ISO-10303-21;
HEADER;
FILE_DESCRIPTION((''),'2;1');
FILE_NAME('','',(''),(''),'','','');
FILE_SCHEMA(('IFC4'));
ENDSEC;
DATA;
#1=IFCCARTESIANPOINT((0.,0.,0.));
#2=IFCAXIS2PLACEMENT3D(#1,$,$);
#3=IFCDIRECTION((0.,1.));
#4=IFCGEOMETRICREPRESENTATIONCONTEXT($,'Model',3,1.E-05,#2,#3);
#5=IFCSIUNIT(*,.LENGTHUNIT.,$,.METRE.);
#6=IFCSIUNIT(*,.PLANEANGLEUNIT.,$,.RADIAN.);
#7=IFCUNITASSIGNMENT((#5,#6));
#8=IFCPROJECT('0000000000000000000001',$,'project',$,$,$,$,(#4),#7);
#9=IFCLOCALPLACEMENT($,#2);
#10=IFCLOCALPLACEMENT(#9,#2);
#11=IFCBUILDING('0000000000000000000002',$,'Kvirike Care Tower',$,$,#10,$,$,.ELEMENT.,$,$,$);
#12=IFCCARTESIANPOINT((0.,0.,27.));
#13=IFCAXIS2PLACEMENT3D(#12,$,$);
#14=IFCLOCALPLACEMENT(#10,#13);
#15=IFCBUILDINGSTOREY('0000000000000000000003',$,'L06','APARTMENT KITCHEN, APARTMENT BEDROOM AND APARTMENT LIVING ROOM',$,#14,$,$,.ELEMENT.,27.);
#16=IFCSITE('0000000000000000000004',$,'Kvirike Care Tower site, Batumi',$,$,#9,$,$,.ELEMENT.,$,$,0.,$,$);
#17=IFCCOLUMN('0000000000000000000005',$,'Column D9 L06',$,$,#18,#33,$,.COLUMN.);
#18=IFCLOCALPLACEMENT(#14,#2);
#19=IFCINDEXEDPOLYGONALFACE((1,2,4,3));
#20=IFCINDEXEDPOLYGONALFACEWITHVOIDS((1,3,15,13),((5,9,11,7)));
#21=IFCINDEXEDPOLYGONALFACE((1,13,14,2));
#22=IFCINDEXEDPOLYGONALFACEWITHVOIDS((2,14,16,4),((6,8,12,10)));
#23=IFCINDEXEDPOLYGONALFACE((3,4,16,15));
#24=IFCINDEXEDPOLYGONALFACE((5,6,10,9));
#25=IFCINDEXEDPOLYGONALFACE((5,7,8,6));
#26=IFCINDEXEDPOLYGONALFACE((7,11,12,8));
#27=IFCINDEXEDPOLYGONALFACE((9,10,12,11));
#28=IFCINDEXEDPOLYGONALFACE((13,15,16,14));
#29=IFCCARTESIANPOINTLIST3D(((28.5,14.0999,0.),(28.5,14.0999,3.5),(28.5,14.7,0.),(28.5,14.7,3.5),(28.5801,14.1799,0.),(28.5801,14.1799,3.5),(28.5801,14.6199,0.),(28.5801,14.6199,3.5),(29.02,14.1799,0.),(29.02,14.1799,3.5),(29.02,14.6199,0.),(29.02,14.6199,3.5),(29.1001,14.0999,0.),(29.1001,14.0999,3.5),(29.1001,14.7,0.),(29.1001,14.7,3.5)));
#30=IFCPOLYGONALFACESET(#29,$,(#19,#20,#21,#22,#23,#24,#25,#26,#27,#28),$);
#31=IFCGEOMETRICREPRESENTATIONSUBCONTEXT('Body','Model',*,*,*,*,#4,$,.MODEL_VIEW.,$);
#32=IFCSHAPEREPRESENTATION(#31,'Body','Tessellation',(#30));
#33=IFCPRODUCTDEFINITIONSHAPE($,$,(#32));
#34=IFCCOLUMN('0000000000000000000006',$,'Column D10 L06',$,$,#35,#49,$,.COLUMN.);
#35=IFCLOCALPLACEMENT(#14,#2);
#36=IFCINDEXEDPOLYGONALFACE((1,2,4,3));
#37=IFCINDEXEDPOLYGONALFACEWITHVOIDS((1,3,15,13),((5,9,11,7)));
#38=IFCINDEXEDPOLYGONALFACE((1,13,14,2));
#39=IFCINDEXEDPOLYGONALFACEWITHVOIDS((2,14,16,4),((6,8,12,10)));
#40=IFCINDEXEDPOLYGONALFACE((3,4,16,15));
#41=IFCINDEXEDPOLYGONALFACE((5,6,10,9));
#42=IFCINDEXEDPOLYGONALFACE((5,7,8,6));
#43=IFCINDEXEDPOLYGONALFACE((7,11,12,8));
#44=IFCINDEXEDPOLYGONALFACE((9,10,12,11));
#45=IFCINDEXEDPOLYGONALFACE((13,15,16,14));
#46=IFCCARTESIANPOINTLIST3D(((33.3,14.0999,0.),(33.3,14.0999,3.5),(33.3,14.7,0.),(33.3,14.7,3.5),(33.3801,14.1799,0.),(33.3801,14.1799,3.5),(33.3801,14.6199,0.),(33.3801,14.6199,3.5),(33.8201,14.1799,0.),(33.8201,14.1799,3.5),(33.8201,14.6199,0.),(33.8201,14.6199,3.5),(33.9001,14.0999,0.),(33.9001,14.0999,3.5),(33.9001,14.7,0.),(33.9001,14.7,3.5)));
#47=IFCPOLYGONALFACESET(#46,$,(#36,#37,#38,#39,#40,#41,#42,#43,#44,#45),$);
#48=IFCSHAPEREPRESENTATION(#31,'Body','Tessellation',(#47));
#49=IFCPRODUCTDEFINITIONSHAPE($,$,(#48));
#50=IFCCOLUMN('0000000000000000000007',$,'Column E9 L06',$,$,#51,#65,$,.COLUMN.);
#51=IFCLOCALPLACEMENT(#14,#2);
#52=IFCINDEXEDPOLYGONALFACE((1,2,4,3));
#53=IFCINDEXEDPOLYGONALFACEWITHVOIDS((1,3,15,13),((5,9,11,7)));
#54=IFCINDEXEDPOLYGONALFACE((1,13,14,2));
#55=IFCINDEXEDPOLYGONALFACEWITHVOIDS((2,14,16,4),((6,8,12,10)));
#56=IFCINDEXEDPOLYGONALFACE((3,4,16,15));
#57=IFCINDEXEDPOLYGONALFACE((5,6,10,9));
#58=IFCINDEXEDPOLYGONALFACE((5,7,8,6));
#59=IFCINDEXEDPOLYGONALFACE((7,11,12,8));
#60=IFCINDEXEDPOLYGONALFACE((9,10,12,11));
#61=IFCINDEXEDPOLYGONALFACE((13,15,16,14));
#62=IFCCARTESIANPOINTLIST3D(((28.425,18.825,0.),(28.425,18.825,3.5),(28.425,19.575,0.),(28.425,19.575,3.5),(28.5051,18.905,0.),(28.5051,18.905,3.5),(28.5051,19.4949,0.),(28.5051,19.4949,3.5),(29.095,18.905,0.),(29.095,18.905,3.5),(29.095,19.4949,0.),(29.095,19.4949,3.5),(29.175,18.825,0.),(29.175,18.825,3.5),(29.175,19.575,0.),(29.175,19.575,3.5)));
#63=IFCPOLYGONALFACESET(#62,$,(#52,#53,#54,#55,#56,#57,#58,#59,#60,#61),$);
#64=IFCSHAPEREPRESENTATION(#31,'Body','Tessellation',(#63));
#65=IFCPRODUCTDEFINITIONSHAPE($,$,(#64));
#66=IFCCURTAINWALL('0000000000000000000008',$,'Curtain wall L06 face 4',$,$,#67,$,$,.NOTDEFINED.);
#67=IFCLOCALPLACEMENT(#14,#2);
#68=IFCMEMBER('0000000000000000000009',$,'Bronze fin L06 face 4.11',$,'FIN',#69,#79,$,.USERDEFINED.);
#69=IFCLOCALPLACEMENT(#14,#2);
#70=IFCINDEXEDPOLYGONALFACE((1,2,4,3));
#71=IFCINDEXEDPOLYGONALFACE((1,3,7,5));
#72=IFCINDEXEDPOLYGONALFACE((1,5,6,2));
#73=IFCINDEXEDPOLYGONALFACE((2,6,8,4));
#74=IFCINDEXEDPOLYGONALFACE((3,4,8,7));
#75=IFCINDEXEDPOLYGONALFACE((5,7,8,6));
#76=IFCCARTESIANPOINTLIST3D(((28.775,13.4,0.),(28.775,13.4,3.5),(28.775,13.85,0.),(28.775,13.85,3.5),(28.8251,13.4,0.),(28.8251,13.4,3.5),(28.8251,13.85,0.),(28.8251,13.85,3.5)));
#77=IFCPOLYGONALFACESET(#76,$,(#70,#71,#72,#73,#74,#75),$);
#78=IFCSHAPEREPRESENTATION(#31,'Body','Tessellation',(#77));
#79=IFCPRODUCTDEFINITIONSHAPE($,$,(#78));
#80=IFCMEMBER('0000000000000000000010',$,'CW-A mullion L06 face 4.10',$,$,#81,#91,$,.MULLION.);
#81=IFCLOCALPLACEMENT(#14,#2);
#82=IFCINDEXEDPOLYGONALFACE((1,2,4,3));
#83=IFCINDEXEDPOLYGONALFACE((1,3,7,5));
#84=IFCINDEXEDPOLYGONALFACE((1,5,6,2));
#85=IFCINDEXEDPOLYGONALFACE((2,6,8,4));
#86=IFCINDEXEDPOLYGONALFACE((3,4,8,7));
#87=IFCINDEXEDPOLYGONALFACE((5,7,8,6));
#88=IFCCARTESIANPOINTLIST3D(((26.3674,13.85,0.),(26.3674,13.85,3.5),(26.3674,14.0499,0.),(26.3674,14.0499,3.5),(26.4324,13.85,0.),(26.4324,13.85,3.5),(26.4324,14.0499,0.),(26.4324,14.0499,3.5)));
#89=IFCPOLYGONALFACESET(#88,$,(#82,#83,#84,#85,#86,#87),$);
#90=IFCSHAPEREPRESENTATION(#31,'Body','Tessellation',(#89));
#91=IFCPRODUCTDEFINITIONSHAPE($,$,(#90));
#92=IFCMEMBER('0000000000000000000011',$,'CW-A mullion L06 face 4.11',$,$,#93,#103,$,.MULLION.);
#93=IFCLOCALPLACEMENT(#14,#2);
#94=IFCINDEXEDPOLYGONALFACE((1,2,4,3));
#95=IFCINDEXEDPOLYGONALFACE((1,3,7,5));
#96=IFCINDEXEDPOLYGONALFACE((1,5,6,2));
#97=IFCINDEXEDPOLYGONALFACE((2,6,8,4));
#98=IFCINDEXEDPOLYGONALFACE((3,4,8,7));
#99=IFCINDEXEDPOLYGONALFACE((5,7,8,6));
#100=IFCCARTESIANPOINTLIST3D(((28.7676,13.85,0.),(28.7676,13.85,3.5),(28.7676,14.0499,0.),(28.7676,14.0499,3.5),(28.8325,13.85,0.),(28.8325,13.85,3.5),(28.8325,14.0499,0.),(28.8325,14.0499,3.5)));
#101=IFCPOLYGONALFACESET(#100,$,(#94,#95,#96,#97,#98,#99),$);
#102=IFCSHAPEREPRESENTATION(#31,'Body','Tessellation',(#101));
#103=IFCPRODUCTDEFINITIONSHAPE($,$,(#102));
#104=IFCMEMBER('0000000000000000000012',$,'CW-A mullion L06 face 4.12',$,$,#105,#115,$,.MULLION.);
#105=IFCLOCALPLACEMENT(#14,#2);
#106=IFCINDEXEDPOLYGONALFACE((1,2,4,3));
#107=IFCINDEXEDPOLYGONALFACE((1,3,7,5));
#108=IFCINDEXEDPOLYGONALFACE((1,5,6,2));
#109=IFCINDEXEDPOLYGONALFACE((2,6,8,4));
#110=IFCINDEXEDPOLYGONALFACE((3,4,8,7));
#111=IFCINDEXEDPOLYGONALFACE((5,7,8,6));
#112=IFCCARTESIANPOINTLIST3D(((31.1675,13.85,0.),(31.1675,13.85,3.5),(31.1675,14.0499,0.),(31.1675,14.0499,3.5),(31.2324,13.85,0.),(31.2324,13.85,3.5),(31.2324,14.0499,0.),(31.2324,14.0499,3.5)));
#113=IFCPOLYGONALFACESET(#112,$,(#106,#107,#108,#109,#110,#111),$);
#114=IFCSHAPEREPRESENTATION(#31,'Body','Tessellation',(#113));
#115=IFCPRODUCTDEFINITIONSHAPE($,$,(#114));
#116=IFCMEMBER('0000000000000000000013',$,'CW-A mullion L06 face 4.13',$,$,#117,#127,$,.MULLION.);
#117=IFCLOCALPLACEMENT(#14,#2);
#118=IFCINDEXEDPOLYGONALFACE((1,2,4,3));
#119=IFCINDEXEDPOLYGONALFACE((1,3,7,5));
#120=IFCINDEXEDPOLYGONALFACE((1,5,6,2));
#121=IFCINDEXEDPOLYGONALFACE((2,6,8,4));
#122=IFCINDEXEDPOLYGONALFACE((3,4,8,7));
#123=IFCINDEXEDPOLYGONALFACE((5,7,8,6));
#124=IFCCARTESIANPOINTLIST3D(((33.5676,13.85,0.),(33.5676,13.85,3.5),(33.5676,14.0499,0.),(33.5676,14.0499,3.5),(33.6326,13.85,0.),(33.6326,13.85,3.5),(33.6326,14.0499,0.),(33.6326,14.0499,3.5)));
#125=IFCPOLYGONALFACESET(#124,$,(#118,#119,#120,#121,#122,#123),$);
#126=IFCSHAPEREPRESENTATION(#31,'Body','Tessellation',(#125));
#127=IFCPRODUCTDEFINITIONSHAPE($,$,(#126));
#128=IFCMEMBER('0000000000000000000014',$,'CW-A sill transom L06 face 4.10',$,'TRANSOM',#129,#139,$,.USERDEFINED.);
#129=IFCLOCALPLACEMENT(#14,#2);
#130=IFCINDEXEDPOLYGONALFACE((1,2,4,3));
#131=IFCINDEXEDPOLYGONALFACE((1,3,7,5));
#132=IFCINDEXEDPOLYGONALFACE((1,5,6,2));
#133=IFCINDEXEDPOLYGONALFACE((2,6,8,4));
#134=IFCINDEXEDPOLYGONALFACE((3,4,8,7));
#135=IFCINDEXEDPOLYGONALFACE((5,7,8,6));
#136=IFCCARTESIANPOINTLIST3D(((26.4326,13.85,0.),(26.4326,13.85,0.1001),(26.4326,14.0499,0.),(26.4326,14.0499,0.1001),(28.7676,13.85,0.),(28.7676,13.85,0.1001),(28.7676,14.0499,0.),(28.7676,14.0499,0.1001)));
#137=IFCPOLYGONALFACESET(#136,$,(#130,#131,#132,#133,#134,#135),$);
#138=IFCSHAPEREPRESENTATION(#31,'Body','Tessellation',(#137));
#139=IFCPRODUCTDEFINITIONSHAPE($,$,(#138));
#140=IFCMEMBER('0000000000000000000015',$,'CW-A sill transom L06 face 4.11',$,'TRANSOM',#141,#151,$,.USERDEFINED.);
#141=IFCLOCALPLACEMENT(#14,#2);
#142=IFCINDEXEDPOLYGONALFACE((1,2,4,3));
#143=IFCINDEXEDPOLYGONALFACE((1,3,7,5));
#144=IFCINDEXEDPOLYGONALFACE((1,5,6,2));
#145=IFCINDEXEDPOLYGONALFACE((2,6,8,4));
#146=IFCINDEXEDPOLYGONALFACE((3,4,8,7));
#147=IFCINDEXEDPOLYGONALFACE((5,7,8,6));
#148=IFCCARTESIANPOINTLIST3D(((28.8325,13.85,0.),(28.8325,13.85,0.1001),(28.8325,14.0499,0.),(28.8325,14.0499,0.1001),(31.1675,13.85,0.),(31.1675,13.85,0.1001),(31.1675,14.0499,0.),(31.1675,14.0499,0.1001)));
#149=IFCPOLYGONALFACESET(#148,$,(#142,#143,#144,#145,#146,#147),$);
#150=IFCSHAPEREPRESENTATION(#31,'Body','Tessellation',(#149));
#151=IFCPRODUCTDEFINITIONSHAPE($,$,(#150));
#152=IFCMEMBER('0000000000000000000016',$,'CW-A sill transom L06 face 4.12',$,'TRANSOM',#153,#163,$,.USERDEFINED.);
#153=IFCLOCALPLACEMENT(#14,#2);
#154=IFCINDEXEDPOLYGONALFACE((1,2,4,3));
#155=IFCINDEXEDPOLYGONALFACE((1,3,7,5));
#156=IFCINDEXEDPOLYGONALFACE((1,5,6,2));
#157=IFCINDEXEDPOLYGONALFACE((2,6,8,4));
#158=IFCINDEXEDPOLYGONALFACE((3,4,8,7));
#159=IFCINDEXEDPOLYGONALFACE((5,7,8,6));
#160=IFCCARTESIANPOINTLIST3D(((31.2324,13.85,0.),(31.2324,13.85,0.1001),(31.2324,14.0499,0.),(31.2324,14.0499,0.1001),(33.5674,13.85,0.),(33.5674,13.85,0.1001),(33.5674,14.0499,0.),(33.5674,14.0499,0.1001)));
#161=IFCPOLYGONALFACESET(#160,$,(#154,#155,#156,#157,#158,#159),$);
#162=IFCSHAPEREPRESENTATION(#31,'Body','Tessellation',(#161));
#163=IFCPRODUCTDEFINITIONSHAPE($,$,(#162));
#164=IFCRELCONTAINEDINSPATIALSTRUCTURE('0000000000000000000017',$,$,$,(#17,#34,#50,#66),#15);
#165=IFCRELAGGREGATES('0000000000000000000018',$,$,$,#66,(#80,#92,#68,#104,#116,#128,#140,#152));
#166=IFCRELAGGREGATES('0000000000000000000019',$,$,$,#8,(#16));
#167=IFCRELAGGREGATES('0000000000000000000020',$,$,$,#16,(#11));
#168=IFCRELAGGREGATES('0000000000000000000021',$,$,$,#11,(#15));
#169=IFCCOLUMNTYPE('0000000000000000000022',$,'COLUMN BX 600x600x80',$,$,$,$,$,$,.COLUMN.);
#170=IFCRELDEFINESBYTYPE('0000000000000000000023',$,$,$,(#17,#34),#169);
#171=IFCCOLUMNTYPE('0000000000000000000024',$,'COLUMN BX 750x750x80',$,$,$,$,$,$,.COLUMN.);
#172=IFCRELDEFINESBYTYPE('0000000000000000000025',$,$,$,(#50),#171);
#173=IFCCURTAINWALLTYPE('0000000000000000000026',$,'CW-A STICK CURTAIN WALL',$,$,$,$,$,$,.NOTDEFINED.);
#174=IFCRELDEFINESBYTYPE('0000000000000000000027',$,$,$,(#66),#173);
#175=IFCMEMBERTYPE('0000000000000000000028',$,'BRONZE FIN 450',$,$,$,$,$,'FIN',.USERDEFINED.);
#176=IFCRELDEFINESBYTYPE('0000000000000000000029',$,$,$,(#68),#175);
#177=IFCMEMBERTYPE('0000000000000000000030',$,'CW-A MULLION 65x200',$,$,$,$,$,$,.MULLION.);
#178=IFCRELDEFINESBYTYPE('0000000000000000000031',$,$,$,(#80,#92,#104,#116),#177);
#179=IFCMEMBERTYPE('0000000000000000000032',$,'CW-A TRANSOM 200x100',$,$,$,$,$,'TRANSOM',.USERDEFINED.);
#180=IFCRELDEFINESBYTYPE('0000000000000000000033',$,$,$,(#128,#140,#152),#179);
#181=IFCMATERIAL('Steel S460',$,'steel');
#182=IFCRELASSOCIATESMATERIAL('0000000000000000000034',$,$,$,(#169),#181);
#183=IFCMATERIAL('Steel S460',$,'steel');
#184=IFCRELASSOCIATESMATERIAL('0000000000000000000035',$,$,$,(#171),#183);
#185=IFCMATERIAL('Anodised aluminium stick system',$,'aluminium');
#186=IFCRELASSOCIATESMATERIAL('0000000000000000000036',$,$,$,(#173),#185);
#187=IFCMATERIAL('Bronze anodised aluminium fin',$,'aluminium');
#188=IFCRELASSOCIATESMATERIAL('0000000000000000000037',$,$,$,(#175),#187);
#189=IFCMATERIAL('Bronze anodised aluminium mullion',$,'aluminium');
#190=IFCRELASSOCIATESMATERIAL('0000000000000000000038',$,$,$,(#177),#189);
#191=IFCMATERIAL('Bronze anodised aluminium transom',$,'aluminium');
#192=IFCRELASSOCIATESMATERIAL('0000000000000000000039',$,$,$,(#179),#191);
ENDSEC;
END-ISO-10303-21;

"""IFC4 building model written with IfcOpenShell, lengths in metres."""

from ifc_helpers import new_model, si_unit, direction, frame, origin, origin_2d, place, context, subcontext, project, spatial, rectangle, hollow_rectangle, extrude, material, material_profile, profile_set, type_object, element, aggregate, save


model = new_model("IFC4")

# Units and contexts
model_context = context("Model", 3, precision=1e-05, world=origin(), true_north=direction((0.0, 1.0)))
body_context = subcontext(model_context, "Body", "Model", "MODEL_VIEW")
ifc_project = project(units=[si_unit("LENGTHUNIT", "METRE"), si_unit("PLANEANGLEUNIT", "RADIAN")], contexts=[model_context])

# Site, building, storey
site_placement = place(None, origin())
site = spatial("IfcSite", under=ifc_project, at=site_placement, Name="Kvirike Care Tower site, Batumi", CompositionType="ELEMENT", RefElevation=0.0)
building_placement = place(site_placement, origin())
building = spatial("IfcBuilding", under=site, at=building_placement, Name="Kvirike Care Tower", CompositionType="ELEMENT")
storey_placement = place(building_placement, frame((0.0, 0.0, 27.0)))
storey = spatial("IfcBuildingStorey", under=building, at=storey_placement, Name="L06", Description="APARTMENT KITCHEN, APARTMENT BEDROOM AND APARTMENT LIVING ROOM", CompositionType="ELEMENT", Elevation=27.0)

# Columns
ifc_material_1 = material(Name="Steel S460", Category="steel")
ifc_material_profile_1 = material_profile(ifc_material_1, hollow_rectangle(XDim=0.6001, YDim=0.6001, WallThickness=0.0801, at=origin_2d()), Name="BX 600x600x80")
ifc_profile_set_1 = profile_set([ifc_material_profile_1], Name="Steel S460")
column_type_1 = type_object("IfcColumnType", Name="COLUMN BX 600x600x80", PredefinedType="COLUMN", material=ifc_profile_set_1)
for number, where, z_axis, x_axis, name in (
    (1, (28.8, 14.3999, 0.0), (0.0, 0.0, 1.0), (0.0, 1.0, 0.0), "Column D9 L06"),
    (2, (33.6001, 14.3999, 0.0), (0.0, 0.0, 1.0), (0.0, 1.0, 0.0), "Column D10 L06"),
):
    element("IfcColumn", number, at=place(storey_placement, frame(where, z_axis=z_axis, x_axis=x_axis)), inside=storey, type_object=column_type_1, Name=name, PredefinedType="COLUMN", context=body_context, shape_type="SweptSolid", body=[
        extrude(hollow_rectangle(XDim=0.6001, YDim=0.6001, WallThickness=0.0801, at=origin_2d()), origin(), (0.0, 0.0, 1.0), 3.5),
    ])
ifc_material_2 = material(Name="Steel S460", Category="steel")
ifc_material_profile_2 = material_profile(ifc_material_2, hollow_rectangle(XDim=0.75, YDim=0.75, WallThickness=0.0801, at=origin_2d()), Name="BX 750x750x80")
ifc_profile_set_2 = profile_set([ifc_material_profile_2], Name="Steel S460")
column_type_2 = type_object("IfcColumnType", Name="COLUMN BX 750x750x80", PredefinedType="COLUMN", material=ifc_profile_set_2)
column_placement = place(storey_placement, frame((28.8, 19.2, 0.0), z_axis=(0.0, 0.0, 1.0), x_axis=(1.0, 0.0, 0.0)))
element("IfcColumn", 3, at=column_placement, inside=storey, type_object=column_type_2, Name="Column E9 L06", PredefinedType="COLUMN", context=body_context, shape_type="SweptSolid", body=[
    extrude(hollow_rectangle(XDim=0.75, YDim=0.75, WallThickness=0.0801, at=origin_2d()), origin(), (0.0, 0.0, 1.0), 3.5),
])

# Curtain wall, members
ifc_material_3 = material(Name="Anodised aluminium stick system", Category="aluminium")
curtain_wall_type = type_object("IfcCurtainWallType", Name="CW-A STICK CURTAIN WALL", PredefinedType="NOTDEFINED", material=ifc_material_3)
curtain_wall_placement = place(storey_placement, origin())
curtain_wall = element("IfcCurtainWall", 4, at=curtain_wall_placement, inside=storey, type_object=curtain_wall_type, Name="Curtain wall L06 face 4", PredefinedType="NOTDEFINED")
ifc_material_4 = material(Name="Bronze anodised aluminium fin", Category="aluminium")
ifc_material_profile_3 = material_profile(ifc_material_4, rectangle(XDim=0.05, YDim=0.45, at=origin_2d()), Name="BRONZE FIN 450")
ifc_profile_set_3 = profile_set([ifc_material_profile_3], Name="Bronze anodised aluminium fin")
member_type_1 = type_object("IfcMemberType", Name="BRONZE FIN 450", ElementType="FIN", PredefinedType="USERDEFINED", material=ifc_profile_set_3)
member_1_placement = place(storey_placement, frame((28.8, 13.625, 0.0), z_axis=(0.0, 0.0, 1.0), x_axis=(1.0, 0.0, 0.0)))
member_1 = element("IfcMember", 5, at=member_1_placement, type_object=member_type_1, Name="Bronze fin L06 face 4.11", ObjectType="FIN", PredefinedType="USERDEFINED", context=body_context, shape_type="SweptSolid", body=[
    extrude(rectangle(XDim=0.05, YDim=0.45, at=origin_2d()), origin(), (0.0, 0.0, 1.0), 3.5),
])
ifc_material_5 = material(Name="Bronze anodised aluminium mullion", Category="aluminium")
ifc_material_profile_4 = material_profile(ifc_material_5, rectangle(XDim=0.0649, YDim=0.2, at=origin_2d()), Name="CW-A MULLION 65x200")
ifc_profile_set_4 = profile_set([ifc_material_profile_4], Name="Bronze anodised aluminium mullion")
member_type_2 = type_object("IfcMemberType", Name="CW-A MULLION 65x200", PredefinedType="MULLION", material=ifc_profile_set_4)
member_2_placement = place(storey_placement, frame((26.3999, 13.95, 0.0), z_axis=(0.0, 0.0, 1.0), x_axis=(1.0, 0.0, 0.0)))
member_2 = element("IfcMember", 6, at=member_2_placement, type_object=member_type_2, Name="CW-A mullion L06 face 4.10", PredefinedType="MULLION", context=body_context, shape_type="SweptSolid", body=[
    extrude(rectangle(XDim=0.0649, YDim=0.2, at=origin_2d()), origin(), (0.0, 0.0, 1.0), 3.5),
])
member_3_placement = place(storey_placement, frame((28.8, 13.95, 0.0), z_axis=(0.0, 0.0, 1.0), x_axis=(1.0, 0.0, 0.0)))
member_3 = element("IfcMember", 7, at=member_3_placement, type_object=member_type_2, Name="CW-A mullion L06 face 4.11", PredefinedType="MULLION", context=body_context, shape_type="SweptSolid", body=[
    extrude(rectangle(XDim=0.0649, YDim=0.2, at=origin_2d()), origin(), (0.0, 0.0, 1.0), 3.5),
])
member_4_placement = place(storey_placement, frame((31.2, 13.95, 0.0), z_axis=(0.0, 0.0, 1.0), x_axis=(1.0, 0.0, 0.0)))
member_4 = element("IfcMember", 8, at=member_4_placement, type_object=member_type_2, Name="CW-A mullion L06 face 4.12", PredefinedType="MULLION", context=body_context, shape_type="SweptSolid", body=[
    extrude(rectangle(XDim=0.0649, YDim=0.2, at=origin_2d()), origin(), (0.0, 0.0, 1.0), 3.5),
])
member_5_placement = place(storey_placement, frame((33.6001, 13.95, 0.0), z_axis=(0.0, 0.0, 1.0), x_axis=(1.0, 0.0, 0.0)))
member_5 = element("IfcMember", 9, at=member_5_placement, type_object=member_type_2, Name="CW-A mullion L06 face 4.13", PredefinedType="MULLION", context=body_context, shape_type="SweptSolid", body=[
    extrude(rectangle(XDim=0.0649, YDim=0.2, at=origin_2d()), origin(), (0.0, 0.0, 1.0), 3.5),
])
ifc_material_6 = material(Name="Bronze anodised aluminium transom", Category="aluminium")
ifc_material_profile_5 = material_profile(ifc_material_6, rectangle(XDim=0.2, YDim=0.1001, at=origin_2d()), Name="CW-A TRANSOM 200x100")
ifc_profile_set_5 = profile_set([ifc_material_profile_5], Name="Bronze anodised aluminium transom")
member_type_3 = type_object("IfcMemberType", Name="CW-A TRANSOM 200x100", ElementType="TRANSOM", PredefinedType="USERDEFINED", material=ifc_profile_set_5)
member_6_placement = place(storey_placement, frame((26.4326, 13.95, 0.05), z_axis=(1.0, 0.0, 0.0), x_axis=(0.0, 1.0, 0.0)))
member_6 = element("IfcMember", 10, at=member_6_placement, type_object=member_type_3, Name="CW-A sill transom L06 face 4.10", ObjectType="TRANSOM", PredefinedType="USERDEFINED", context=body_context, shape_type="SweptSolid", body=[
    extrude(rectangle(XDim=0.2, YDim=0.1001, at=origin_2d()), origin(), (0.0, 0.0, 1.0), 2.335),
])
member_7_placement = place(storey_placement, frame((28.8325, 13.95, 0.05), z_axis=(1.0, 0.0, 0.0), x_axis=(0.0, 1.0, 0.0)))
member_7 = element("IfcMember", 11, at=member_7_placement, type_object=member_type_3, Name="CW-A sill transom L06 face 4.11", ObjectType="TRANSOM", PredefinedType="USERDEFINED", context=body_context, shape_type="SweptSolid", body=[
    extrude(rectangle(XDim=0.2, YDim=0.1001, at=origin_2d()), origin(), (0.0, 0.0, 1.0), 2.335),
])
member_8_placement = place(storey_placement, frame((31.2324, 13.95, 0.05), z_axis=(1.0, 0.0, 0.0), x_axis=(0.0, 1.0, 0.0)))
member_8 = element("IfcMember", 12, at=member_8_placement, type_object=member_type_3, Name="CW-A sill transom L06 face 4.12", ObjectType="TRANSOM", PredefinedType="USERDEFINED", context=body_context, shape_type="SweptSolid", body=[
    extrude(rectangle(XDim=0.2, YDim=0.1001, at=origin_2d()), origin(), (0.0, 0.0, 1.0), 2.335),
])

aggregate(curtain_wall, [member_2, member_3, member_1, member_4, member_5, member_6, member_7, member_8])

save(model, "model.ifc")
